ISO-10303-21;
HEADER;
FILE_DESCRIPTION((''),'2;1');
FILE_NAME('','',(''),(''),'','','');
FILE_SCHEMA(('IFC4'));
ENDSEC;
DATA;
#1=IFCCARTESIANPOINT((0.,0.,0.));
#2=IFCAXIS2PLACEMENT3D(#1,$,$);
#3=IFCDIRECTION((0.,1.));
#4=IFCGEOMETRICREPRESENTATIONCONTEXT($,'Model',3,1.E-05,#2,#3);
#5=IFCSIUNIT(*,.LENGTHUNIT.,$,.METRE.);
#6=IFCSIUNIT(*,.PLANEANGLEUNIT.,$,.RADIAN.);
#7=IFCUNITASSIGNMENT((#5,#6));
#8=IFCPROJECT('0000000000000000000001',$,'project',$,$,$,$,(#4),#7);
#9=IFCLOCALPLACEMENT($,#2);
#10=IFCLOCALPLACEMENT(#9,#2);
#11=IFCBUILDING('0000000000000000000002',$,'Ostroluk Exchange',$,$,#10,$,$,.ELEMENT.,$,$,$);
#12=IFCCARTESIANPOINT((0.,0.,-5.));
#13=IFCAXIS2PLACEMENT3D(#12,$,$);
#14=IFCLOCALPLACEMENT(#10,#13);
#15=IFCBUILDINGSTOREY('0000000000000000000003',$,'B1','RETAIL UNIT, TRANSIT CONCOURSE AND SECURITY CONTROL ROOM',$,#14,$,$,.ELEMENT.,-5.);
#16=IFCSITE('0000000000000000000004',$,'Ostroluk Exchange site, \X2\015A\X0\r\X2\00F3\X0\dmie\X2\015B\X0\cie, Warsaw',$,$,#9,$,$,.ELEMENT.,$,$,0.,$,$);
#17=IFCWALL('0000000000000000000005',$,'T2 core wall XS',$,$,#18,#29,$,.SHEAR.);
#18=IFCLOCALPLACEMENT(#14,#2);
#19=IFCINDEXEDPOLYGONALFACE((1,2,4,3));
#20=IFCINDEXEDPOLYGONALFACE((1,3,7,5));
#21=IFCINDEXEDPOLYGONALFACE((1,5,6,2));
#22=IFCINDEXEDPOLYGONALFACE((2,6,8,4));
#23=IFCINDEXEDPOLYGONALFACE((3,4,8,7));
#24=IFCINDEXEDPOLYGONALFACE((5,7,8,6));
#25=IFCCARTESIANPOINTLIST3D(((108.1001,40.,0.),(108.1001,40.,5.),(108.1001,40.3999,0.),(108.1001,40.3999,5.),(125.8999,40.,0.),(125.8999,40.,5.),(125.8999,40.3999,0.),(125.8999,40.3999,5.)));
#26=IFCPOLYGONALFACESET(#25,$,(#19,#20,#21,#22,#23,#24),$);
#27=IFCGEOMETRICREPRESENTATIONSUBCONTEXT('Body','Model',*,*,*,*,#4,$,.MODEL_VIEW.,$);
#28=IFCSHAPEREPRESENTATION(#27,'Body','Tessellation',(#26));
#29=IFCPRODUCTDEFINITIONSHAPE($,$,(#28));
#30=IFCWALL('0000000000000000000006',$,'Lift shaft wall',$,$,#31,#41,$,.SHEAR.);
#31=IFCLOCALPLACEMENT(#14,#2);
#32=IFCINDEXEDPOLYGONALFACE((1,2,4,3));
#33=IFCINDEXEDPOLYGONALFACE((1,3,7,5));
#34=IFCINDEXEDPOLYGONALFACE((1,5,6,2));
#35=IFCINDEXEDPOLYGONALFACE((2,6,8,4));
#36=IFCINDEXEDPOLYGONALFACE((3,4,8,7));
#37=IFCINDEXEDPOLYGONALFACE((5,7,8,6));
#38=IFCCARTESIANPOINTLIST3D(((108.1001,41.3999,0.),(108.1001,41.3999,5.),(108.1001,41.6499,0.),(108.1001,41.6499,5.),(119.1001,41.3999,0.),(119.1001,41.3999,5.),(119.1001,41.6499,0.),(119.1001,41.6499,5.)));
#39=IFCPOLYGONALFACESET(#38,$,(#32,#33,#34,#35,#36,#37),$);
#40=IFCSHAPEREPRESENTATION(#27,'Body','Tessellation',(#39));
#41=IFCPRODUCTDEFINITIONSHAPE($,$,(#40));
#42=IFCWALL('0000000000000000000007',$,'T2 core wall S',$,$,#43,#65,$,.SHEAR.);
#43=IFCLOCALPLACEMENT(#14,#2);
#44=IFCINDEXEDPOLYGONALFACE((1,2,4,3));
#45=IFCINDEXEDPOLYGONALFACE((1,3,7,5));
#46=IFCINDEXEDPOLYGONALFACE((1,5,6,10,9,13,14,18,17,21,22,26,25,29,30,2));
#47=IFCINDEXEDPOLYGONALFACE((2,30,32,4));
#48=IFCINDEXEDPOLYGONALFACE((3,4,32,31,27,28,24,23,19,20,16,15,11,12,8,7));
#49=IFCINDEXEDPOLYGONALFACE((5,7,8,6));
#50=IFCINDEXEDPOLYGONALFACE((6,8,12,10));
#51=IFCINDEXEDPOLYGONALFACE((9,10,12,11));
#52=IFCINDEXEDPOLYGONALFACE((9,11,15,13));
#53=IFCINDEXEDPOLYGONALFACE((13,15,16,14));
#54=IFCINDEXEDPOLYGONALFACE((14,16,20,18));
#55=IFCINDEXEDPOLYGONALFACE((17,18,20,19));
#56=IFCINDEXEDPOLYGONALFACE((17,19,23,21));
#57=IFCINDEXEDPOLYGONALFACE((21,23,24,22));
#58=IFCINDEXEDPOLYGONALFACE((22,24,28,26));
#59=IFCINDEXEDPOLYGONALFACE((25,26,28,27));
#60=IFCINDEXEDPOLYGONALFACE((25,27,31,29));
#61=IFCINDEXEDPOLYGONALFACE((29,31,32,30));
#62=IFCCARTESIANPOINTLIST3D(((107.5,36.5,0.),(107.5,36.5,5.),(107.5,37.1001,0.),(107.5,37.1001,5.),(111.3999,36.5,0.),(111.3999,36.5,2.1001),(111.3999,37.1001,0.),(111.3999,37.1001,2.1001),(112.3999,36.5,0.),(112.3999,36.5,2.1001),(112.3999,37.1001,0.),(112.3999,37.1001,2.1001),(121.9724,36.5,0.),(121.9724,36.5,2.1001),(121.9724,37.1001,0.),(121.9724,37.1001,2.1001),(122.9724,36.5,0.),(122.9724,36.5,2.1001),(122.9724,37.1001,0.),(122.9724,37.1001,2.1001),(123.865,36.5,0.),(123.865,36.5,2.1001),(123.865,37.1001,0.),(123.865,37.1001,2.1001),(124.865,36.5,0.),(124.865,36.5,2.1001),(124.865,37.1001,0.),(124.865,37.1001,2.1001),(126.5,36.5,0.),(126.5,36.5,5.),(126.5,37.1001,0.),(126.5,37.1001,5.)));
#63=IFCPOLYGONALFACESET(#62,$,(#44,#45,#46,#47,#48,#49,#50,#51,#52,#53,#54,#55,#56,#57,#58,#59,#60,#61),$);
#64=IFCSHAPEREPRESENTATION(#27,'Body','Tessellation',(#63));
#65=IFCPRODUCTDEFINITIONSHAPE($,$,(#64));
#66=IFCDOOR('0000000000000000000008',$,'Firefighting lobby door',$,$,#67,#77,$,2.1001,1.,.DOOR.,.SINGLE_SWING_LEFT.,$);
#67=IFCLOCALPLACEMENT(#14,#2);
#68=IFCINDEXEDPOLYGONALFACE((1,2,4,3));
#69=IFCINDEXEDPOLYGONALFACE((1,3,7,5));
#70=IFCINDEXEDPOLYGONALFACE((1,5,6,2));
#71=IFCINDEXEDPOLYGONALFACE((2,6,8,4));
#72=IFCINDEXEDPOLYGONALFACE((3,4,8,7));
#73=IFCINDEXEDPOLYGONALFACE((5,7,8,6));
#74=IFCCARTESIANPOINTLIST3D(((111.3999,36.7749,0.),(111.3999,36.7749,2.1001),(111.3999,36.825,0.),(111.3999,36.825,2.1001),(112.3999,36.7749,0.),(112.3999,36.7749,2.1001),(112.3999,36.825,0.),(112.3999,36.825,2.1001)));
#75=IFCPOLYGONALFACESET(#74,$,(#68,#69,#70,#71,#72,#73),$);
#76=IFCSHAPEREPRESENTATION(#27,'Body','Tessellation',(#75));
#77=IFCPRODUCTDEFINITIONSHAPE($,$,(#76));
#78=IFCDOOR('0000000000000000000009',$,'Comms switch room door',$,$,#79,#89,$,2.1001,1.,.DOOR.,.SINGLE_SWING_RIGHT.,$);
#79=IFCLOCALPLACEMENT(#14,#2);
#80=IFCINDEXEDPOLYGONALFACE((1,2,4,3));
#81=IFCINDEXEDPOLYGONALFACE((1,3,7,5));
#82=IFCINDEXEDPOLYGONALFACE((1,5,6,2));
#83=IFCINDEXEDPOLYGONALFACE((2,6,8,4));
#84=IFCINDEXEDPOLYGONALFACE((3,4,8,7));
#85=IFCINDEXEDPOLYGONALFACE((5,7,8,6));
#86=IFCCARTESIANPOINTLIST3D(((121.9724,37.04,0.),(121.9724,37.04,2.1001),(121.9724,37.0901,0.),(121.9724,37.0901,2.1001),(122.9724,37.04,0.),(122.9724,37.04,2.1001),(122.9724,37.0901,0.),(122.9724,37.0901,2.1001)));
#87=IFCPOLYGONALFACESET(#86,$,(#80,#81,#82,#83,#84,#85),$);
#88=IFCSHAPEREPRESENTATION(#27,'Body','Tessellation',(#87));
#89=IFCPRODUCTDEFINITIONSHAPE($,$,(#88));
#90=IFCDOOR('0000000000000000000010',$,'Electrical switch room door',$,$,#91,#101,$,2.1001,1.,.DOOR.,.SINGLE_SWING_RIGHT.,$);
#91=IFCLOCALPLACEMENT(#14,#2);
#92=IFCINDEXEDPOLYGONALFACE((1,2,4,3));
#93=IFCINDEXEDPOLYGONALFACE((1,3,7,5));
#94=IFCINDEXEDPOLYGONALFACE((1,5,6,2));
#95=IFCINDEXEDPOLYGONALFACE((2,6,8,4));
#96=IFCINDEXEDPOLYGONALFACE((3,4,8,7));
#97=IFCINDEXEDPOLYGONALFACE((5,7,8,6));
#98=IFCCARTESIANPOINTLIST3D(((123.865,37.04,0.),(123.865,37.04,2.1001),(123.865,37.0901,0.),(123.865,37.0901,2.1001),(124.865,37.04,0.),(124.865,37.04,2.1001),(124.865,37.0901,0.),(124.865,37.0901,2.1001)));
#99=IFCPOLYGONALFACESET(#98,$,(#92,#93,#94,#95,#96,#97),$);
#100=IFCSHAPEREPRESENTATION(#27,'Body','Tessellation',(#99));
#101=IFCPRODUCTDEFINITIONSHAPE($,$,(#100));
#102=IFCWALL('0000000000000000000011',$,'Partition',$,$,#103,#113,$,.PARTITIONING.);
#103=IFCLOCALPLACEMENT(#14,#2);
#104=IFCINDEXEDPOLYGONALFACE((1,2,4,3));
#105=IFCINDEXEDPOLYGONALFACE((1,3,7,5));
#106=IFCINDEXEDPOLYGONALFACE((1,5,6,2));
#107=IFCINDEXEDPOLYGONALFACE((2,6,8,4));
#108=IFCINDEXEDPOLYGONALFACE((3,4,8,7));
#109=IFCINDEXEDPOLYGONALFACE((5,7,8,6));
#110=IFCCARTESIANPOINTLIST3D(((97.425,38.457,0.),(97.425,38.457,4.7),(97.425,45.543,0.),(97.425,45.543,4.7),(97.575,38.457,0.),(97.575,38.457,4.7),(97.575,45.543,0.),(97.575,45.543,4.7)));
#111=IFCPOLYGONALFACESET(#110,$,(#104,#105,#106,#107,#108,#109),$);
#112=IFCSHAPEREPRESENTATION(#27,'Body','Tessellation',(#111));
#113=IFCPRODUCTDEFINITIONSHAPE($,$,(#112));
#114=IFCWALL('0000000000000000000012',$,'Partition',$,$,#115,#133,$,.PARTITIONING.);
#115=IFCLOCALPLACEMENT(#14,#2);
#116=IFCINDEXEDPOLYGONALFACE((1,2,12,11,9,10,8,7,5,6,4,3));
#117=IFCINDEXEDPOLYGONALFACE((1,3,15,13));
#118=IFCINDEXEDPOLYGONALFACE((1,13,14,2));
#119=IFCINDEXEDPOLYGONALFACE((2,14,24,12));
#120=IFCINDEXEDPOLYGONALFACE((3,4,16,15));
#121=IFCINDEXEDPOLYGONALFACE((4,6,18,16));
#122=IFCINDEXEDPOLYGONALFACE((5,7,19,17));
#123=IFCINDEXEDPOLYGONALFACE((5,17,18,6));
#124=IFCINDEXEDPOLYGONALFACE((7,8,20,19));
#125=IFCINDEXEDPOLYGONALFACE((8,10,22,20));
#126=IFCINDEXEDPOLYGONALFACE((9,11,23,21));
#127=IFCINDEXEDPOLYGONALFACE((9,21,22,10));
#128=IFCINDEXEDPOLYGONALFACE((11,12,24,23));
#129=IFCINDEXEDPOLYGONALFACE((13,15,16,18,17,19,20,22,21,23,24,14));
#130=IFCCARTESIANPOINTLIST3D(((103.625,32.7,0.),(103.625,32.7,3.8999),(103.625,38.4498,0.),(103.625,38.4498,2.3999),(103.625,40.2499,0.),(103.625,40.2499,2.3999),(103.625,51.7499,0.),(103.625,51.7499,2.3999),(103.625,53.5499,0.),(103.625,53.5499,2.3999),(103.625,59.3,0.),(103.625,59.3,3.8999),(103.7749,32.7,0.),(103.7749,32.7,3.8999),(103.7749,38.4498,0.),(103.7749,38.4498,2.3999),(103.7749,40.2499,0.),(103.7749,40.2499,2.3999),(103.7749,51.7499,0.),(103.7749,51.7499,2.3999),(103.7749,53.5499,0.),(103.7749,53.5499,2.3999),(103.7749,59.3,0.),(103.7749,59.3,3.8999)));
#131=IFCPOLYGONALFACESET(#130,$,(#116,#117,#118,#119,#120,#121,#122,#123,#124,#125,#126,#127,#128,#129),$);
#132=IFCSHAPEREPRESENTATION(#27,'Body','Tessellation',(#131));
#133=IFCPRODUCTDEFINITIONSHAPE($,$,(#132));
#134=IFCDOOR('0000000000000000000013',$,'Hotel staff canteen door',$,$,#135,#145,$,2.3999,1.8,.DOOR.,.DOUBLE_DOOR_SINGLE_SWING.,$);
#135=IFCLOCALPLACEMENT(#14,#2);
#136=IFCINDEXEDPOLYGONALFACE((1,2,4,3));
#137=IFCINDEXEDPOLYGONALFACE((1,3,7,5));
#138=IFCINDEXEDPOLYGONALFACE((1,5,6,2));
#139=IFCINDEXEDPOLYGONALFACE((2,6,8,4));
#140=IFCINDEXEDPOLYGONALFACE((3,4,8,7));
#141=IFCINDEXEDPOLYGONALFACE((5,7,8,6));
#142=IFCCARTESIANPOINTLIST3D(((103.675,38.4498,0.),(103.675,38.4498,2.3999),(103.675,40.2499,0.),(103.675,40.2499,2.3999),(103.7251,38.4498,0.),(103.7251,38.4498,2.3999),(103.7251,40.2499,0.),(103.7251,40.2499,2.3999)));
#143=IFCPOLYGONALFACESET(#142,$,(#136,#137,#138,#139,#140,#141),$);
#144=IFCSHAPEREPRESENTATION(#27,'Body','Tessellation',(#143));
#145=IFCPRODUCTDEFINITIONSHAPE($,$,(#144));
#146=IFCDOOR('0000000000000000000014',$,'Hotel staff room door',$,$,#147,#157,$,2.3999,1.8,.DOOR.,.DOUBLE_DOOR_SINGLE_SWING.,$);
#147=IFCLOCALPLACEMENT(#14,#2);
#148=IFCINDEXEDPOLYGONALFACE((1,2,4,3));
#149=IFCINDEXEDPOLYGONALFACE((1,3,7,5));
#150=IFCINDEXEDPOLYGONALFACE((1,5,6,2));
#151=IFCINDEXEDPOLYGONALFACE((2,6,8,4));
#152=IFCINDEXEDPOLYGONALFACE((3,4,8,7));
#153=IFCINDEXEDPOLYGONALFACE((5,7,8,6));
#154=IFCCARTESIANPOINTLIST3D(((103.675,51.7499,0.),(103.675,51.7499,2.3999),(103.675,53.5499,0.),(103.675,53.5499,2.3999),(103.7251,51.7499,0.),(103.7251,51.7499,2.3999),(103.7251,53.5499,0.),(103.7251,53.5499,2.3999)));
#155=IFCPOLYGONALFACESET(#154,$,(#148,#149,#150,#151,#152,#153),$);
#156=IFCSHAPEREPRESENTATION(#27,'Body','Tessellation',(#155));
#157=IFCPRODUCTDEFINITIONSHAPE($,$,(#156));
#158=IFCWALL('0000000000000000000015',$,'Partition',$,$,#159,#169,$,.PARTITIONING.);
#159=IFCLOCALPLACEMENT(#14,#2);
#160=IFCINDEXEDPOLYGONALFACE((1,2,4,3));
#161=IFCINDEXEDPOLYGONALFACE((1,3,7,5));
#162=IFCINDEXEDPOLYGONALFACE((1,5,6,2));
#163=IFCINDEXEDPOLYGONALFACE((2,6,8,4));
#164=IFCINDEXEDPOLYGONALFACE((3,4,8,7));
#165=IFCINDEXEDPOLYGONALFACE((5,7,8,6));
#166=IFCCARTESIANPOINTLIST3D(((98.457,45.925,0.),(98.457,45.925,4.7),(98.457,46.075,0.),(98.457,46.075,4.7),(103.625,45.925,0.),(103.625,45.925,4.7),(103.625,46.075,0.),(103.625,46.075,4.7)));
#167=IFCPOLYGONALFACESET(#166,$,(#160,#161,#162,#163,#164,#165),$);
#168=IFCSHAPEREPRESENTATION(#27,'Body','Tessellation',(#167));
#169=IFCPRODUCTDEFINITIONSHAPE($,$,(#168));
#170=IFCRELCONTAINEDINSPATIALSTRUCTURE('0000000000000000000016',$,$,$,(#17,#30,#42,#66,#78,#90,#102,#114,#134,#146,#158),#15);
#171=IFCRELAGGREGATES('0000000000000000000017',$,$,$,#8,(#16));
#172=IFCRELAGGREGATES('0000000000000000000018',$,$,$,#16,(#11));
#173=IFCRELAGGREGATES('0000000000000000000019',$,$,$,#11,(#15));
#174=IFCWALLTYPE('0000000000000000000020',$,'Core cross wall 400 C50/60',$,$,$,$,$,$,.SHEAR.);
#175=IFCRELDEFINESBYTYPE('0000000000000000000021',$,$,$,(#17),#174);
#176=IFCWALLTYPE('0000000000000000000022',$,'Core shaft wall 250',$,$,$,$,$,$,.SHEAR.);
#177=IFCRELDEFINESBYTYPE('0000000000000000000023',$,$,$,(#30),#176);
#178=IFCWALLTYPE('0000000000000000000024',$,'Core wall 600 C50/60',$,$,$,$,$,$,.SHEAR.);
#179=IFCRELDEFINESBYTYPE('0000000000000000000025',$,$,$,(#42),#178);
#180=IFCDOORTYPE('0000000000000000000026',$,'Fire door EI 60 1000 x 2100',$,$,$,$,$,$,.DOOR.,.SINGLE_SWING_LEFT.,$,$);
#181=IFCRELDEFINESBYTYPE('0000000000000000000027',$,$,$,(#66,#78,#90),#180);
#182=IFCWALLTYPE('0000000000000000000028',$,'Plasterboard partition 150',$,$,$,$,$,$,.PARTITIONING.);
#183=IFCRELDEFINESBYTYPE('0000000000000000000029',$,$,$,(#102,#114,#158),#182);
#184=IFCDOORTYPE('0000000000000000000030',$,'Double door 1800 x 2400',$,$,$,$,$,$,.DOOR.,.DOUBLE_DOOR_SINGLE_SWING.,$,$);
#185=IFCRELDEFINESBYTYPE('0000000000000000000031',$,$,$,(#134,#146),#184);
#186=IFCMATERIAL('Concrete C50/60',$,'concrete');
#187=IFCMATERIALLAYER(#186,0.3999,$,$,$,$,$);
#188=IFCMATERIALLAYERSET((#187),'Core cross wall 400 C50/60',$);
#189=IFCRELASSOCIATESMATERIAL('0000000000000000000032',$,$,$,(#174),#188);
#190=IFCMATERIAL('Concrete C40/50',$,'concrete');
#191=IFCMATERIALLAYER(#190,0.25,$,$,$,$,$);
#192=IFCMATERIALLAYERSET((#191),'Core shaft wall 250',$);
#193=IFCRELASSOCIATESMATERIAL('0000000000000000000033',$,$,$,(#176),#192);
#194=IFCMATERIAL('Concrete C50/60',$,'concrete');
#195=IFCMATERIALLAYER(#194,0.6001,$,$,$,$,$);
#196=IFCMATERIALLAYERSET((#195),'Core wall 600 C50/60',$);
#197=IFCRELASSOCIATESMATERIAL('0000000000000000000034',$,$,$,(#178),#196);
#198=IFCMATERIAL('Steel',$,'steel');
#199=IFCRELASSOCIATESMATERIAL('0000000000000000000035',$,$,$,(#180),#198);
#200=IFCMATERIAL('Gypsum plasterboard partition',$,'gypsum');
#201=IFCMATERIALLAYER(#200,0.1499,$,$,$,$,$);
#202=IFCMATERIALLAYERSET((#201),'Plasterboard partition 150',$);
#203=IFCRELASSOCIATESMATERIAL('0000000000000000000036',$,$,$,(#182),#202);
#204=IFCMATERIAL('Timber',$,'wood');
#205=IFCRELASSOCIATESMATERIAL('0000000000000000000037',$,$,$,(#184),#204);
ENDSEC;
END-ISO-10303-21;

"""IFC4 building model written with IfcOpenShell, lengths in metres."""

from ifc_helpers import new_model, si_unit, direction, frame, frame_2d, origin, place, context, subcontext, project, spatial, rectangle, extrude, material, layer, layer_set, type_object, element, fill, save


model = new_model("IFC4")

# Units and contexts
model_context = context("Model", 3, precision=1e-05, world=origin(), true_north=direction((0.0, 1.0)))
body_context = subcontext(model_context, "Body", "Model", "MODEL_VIEW")
ifc_project = project(units=[si_unit("LENGTHUNIT", "METRE"), si_unit("PLANEANGLEUNIT", "RADIAN")], contexts=[model_context])

# Site, building, storey
site_placement = place(None, origin())
site = spatial("IfcSite", under=ifc_project, at=site_placement, Name="Ostroluk Exchange site, Śródmieście, Warsaw", CompositionType="ELEMENT", RefElevation=0.0)
building_placement = place(site_placement, origin())
building = spatial("IfcBuilding", under=site, at=building_placement, Name="Ostroluk Exchange", CompositionType="ELEMENT")
storey_placement = place(building_placement, frame((0.0, 0.0, -5.0)))
storey = spatial("IfcBuildingStorey", under=building, at=storey_placement, Name="B1", Description="RETAIL UNIT, TRANSIT CONCOURSE AND SECURITY CONTROL ROOM", CompositionType="ELEMENT", Elevation=-5.0)

# Walls
ifc_material_1 = material(Name="Concrete C50/60", Category="concrete")
ifc_layer_1 = layer(ifc_material_1, 0.3999)
ifc_layer_set_1 = layer_set([ifc_layer_1], Name="Core cross wall 400 C50/60")
wall_type_1 = type_object("IfcWallType", Name="Core cross wall 400 C50/60", PredefinedType="SHEAR", material=ifc_layer_set_1)
wall_1_placement = place(storey_placement, frame((108.1001, 40.2, 0.0), z_axis=(0.0, 0.0, 1.0), x_axis=(1.0, 0.0, 0.0)))
element("IfcWall", 1, at=wall_1_placement, inside=storey, type_object=wall_type_1, Name="T2 core wall XS", PredefinedType="SHEAR", context=body_context, shape_type="SweptSolid", body=[
    extrude(rectangle(XDim=17.7998, YDim=0.3999, at=frame_2d((8.8999, 0.0))), origin(), (0.0, 0.0, 1.0), 5.0),
])
ifc_material_2 = material(Name="Concrete C40/50", Category="concrete")
ifc_layer_2 = layer(ifc_material_2, 0.25)
ifc_layer_set_2 = layer_set([ifc_layer_2], Name="Core shaft wall 250")
wall_type_2 = type_object("IfcWallType", Name="Core shaft wall 250", PredefinedType="SHEAR", material=ifc_layer_set_2)
wall_2_placement = place(storey_placement, frame((108.1001, 41.5249, 0.0), z_axis=(0.0, 0.0, 1.0), x_axis=(1.0, 0.0, 0.0)))
element("IfcWall", 2, at=wall_2_placement, inside=storey, type_object=wall_type_2, Name="Lift shaft wall", PredefinedType="SHEAR", context=body_context, shape_type="SweptSolid", body=[
    extrude(rectangle(XDim=11.0, YDim=0.25, at=frame_2d((5.5, 0.0))), origin(), (0.0, 0.0, 1.0), 5.0),
])

# Wall, openings, doors
ifc_material_3 = material(Name="Concrete C50/60", Category="concrete")
ifc_layer_3 = layer(ifc_material_3, 0.6001)
ifc_layer_set_3 = layer_set([ifc_layer_3], Name="Core wall 600 C50/60")
wall_type_3 = type_object("IfcWallType", Name="Core wall 600 C50/60", PredefinedType="SHEAR", material=ifc_layer_set_3)
wall_3_placement = place(storey_placement, frame((107.5, 36.8, 0.0), z_axis=(0.0, 0.0, 1.0), x_axis=(1.0, 0.0, 0.0)))
wall_3 = element("IfcWall", 3, at=wall_3_placement, inside=storey, type_object=wall_type_3, Name="T2 core wall S", PredefinedType="SHEAR", context=body_context, shape_type="SweptSolid", body=[
    extrude(rectangle(XDim=19.0, YDim=0.6001, at=frame_2d((9.5, 0.0))), origin(), (0.0, 0.0, 1.0), 5.0),
])
opening_1_placement = place(wall_3_placement, frame((3.8999, 0.0, 0.0)))
opening_1 = element("IfcOpeningElement", 4, at=opening_1_placement, cuts=wall_3, PredefinedType="OPENING", context=body_context, shape_type="SweptSolid", body=[
    extrude(rectangle(XDim=1.0, YDim=2.1001, at=frame_2d((0.5, 1.05))), frame((0.0, 0.3101, 0.0), z_axis=(0.0, -1.0, 0.0), x_axis=(1.0, 0.0, 0.0)), (0.0, 0.0, 1.0), 0.6201),
])
opening_2_placement = place(wall_3_placement, frame((14.4724, 0.0, 0.0)))
opening_2 = element("IfcOpeningElement", 5, at=opening_2_placement, cuts=wall_3, PredefinedType="OPENING", context=body_context, shape_type="SweptSolid", body=[
    extrude(rectangle(XDim=1.0, YDim=2.1001, at=frame_2d((0.5, 1.05))), frame((0.0, 0.3101, 0.0), z_axis=(0.0, -1.0, 0.0), x_axis=(1.0, 0.0, 0.0)), (0.0, 0.0, 1.0), 0.6201),
])
opening_3_placement = place(wall_3_placement, frame((16.365, 0.0, 0.0)))
opening_3 = element("IfcOpeningElement", 6, at=opening_3_placement, cuts=wall_3, PredefinedType="OPENING", context=body_context, shape_type="SweptSolid", body=[
    extrude(rectangle(XDim=1.0, YDim=2.1001, at=frame_2d((0.5, 1.05))), frame((0.0, 0.3101, 0.0), z_axis=(0.0, -1.0, 0.0), x_axis=(1.0, 0.0, 0.0)), (0.0, 0.0, 1.0), 0.6201),
])
ifc_material_4 = material(Name="Steel", Category="steel")
door_type_1 = type_object("IfcDoorType", Name="Fire door EI 60 1000 x 2100", OperationType="SINGLE_SWING_LEFT", PredefinedType="DOOR", material=ifc_material_4)
door_1_placement = place(opening_1_placement, origin())
door_1 = element("IfcDoor", 7, at=door_1_placement, inside=storey, type_object=door_type_1, Name="Firefighting lobby door", OperationType="SINGLE_SWING_LEFT", OverallHeight=2.1001, OverallWidth=1.0, PredefinedType="DOOR", context=body_context, shape_type="SweptSolid", body=[
    extrude(rectangle(XDim=1.0, YDim=2.1001, at=frame_2d((0.5, 1.05))), frame((0.0, 0.0249, 0.0), z_axis=(0.0, -1.0, 0.0), x_axis=(1.0, 0.0, 0.0)), (0.0, 0.0, 1.0), 0.05),
])
fill(opening_1, door_1)
door_2_placement = place(opening_2_placement, origin())
door_2 = element("IfcDoor", 8, at=door_2_placement, inside=storey, type_object=door_type_1, Name="Comms switch room door", OperationType="SINGLE_SWING_RIGHT", OverallHeight=2.1001, OverallWidth=1.0, PredefinedType="DOOR", context=body_context, shape_type="SweptSolid", body=[
    extrude(rectangle(XDim=1.0, YDim=2.1001, at=frame_2d((0.5, 1.05))), frame((0.0, 0.29, 0.0), z_axis=(0.0, -1.0, 0.0), x_axis=(1.0, 0.0, 0.0)), (0.0, 0.0, 1.0), 0.05),
])
fill(opening_2, door_2)
door_3_placement = place(opening_3_placement, origin())
door_3 = element("IfcDoor", 9, at=door_3_placement, inside=storey, type_object=door_type_1, Name="Electrical switch room door", OperationType="SINGLE_SWING_RIGHT", OverallHeight=2.1001, OverallWidth=1.0, PredefinedType="DOOR", context=body_context, shape_type="SweptSolid", body=[
    extrude(rectangle(XDim=1.0, YDim=2.1001, at=frame_2d((0.5, 1.05))), frame((0.0, 0.29, 0.0), z_axis=(0.0, -1.0, 0.0), x_axis=(1.0, 0.0, 0.0)), (0.0, 0.0, 1.0), 0.05),
])
fill(opening_3, door_3)

# Wall
ifc_material_5 = material(Name="Gypsum plasterboard partition", Category="gypsum")
ifc_layer_4 = layer(ifc_material_5, 0.1499)
ifc_layer_set_4 = layer_set([ifc_layer_4], Name="Plasterboard partition 150")
wall_type_4 = type_object("IfcWallType", Name="Plasterboard partition 150", PredefinedType="PARTITIONING", material=ifc_layer_set_4)
wall_4_placement = place(storey_placement, frame((97.5, 38.457, 0.0), z_axis=(0.0, 0.0, 1.0), x_axis=(0.0, 1.0, 0.0)))
element("IfcWall", 10, at=wall_4_placement, inside=storey, type_object=wall_type_4, Name="Partition", PredefinedType="PARTITIONING", context=body_context, shape_type="SweptSolid", body=[
    extrude(rectangle(XDim=7.0859, YDim=0.1499, at=frame_2d((3.543, 0.0))), origin(), (0.0, 0.0, 1.0), 4.7),
])

# Wall, openings, doors
wall_5_placement = place(storey_placement, frame((103.7, 32.7, 0.0), z_axis=(0.0, 0.0, 1.0), x_axis=(0.0, 1.0, 0.0)))
wall_5 = element("IfcWall", 11, at=wall_5_placement, inside=storey, type_object=wall_type_4, Name="Partition", PredefinedType="PARTITIONING", context=body_context, shape_type="SweptSolid", body=[
    extrude(rectangle(XDim=26.6001, YDim=0.1499, at=frame_2d((13.3, 0.0))), origin(), (0.0, 0.0, 1.0), 3.8999),
])
opening_4_placement = place(wall_5_placement, frame((5.75, 0.0, 0.0)))
opening_4 = element("IfcOpeningElement", 12, at=opening_4_placement, cuts=wall_5, PredefinedType="OPENING", context=body_context, shape_type="SweptSolid", body=[
    extrude(rectangle(XDim=1.8, YDim=2.3999, at=frame_2d((0.8999, 1.2))), frame((0.0, 0.085, 0.0), z_axis=(0.0, -1.0, 0.0), x_axis=(1.0, 0.0, 0.0)), (0.0, 0.0, 1.0), 0.1699),
])
opening_5_placement = place(wall_5_placement, frame((19.05, 0.0, 0.0)))
opening_5 = element("IfcOpeningElement", 13, at=opening_5_placement, cuts=wall_5, PredefinedType="OPENING", context=body_context, shape_type="SweptSolid", body=[
    extrude(rectangle(XDim=1.8, YDim=2.3999, at=frame_2d((0.8999, 1.2))), frame((0.0, 0.085, 0.0), z_axis=(0.0, -1.0, 0.0), x_axis=(1.0, 0.0, 0.0)), (0.0, 0.0, 1.0), 0.1699),
])
ifc_material_6 = material(Name="Timber", Category="wood")
door_type_2 = type_object("IfcDoorType", Name="Double door 1800 x 2400", OperationType="DOUBLE_DOOR_SINGLE_SWING", PredefinedType="DOOR", material=ifc_material_6)
door_4_placement = place(opening_4_placement, origin())
door_4 = element("IfcDoor", 14, at=door_4_placement, inside=storey, type_object=door_type_2, Name="Hotel staff canteen door", OperationType="DOUBLE_DOOR_SINGLE_SWING", OverallHeight=2.3999, OverallWidth=1.8, PredefinedType="DOOR", context=body_context, shape_type="SweptSolid", body=[
    extrude(rectangle(XDim=1.8, YDim=2.3999, at=frame_2d((0.8999, 1.2))), frame((0.0, 0.0249, 0.0), z_axis=(0.0, -1.0, 0.0), x_axis=(1.0, 0.0, 0.0)), (0.0, 0.0, 1.0), 0.05),
])
fill(opening_4, door_4)
door_5_placement = place(opening_5_placement, origin())
door_5 = element("IfcDoor", 15, at=door_5_placement, inside=storey, type_object=door_type_2, Name="Hotel staff room door", OperationType="DOUBLE_DOOR_SINGLE_SWING", OverallHeight=2.3999, OverallWidth=1.8, PredefinedType="DOOR", context=body_context, shape_type="SweptSolid", body=[
    extrude(rectangle(XDim=1.8, YDim=2.3999, at=frame_2d((0.8999, 1.2))), frame((0.0, 0.0249, 0.0), z_axis=(0.0, -1.0, 0.0), x_axis=(1.0, 0.0, 0.0)), (0.0, 0.0, 1.0), 0.05),
])
fill(opening_5, door_5)

# Wall
wall_6_placement = place(storey_placement, frame((98.457, 46.0, 0.0), z_axis=(0.0, 0.0, 1.0), x_axis=(1.0, 0.0, 0.0)))
element("IfcWall", 16, at=wall_6_placement, inside=storey, type_object=wall_type_4, Name="Partition", PredefinedType="PARTITIONING", context=body_context, shape_type="SweptSolid", body=[
    extrude(rectangle(XDim=5.168, YDim=0.1499, at=frame_2d((2.584, 0.0))), origin(), (0.0, 0.0, 1.0), 4.7),
])

save(model, "model.ifc")
